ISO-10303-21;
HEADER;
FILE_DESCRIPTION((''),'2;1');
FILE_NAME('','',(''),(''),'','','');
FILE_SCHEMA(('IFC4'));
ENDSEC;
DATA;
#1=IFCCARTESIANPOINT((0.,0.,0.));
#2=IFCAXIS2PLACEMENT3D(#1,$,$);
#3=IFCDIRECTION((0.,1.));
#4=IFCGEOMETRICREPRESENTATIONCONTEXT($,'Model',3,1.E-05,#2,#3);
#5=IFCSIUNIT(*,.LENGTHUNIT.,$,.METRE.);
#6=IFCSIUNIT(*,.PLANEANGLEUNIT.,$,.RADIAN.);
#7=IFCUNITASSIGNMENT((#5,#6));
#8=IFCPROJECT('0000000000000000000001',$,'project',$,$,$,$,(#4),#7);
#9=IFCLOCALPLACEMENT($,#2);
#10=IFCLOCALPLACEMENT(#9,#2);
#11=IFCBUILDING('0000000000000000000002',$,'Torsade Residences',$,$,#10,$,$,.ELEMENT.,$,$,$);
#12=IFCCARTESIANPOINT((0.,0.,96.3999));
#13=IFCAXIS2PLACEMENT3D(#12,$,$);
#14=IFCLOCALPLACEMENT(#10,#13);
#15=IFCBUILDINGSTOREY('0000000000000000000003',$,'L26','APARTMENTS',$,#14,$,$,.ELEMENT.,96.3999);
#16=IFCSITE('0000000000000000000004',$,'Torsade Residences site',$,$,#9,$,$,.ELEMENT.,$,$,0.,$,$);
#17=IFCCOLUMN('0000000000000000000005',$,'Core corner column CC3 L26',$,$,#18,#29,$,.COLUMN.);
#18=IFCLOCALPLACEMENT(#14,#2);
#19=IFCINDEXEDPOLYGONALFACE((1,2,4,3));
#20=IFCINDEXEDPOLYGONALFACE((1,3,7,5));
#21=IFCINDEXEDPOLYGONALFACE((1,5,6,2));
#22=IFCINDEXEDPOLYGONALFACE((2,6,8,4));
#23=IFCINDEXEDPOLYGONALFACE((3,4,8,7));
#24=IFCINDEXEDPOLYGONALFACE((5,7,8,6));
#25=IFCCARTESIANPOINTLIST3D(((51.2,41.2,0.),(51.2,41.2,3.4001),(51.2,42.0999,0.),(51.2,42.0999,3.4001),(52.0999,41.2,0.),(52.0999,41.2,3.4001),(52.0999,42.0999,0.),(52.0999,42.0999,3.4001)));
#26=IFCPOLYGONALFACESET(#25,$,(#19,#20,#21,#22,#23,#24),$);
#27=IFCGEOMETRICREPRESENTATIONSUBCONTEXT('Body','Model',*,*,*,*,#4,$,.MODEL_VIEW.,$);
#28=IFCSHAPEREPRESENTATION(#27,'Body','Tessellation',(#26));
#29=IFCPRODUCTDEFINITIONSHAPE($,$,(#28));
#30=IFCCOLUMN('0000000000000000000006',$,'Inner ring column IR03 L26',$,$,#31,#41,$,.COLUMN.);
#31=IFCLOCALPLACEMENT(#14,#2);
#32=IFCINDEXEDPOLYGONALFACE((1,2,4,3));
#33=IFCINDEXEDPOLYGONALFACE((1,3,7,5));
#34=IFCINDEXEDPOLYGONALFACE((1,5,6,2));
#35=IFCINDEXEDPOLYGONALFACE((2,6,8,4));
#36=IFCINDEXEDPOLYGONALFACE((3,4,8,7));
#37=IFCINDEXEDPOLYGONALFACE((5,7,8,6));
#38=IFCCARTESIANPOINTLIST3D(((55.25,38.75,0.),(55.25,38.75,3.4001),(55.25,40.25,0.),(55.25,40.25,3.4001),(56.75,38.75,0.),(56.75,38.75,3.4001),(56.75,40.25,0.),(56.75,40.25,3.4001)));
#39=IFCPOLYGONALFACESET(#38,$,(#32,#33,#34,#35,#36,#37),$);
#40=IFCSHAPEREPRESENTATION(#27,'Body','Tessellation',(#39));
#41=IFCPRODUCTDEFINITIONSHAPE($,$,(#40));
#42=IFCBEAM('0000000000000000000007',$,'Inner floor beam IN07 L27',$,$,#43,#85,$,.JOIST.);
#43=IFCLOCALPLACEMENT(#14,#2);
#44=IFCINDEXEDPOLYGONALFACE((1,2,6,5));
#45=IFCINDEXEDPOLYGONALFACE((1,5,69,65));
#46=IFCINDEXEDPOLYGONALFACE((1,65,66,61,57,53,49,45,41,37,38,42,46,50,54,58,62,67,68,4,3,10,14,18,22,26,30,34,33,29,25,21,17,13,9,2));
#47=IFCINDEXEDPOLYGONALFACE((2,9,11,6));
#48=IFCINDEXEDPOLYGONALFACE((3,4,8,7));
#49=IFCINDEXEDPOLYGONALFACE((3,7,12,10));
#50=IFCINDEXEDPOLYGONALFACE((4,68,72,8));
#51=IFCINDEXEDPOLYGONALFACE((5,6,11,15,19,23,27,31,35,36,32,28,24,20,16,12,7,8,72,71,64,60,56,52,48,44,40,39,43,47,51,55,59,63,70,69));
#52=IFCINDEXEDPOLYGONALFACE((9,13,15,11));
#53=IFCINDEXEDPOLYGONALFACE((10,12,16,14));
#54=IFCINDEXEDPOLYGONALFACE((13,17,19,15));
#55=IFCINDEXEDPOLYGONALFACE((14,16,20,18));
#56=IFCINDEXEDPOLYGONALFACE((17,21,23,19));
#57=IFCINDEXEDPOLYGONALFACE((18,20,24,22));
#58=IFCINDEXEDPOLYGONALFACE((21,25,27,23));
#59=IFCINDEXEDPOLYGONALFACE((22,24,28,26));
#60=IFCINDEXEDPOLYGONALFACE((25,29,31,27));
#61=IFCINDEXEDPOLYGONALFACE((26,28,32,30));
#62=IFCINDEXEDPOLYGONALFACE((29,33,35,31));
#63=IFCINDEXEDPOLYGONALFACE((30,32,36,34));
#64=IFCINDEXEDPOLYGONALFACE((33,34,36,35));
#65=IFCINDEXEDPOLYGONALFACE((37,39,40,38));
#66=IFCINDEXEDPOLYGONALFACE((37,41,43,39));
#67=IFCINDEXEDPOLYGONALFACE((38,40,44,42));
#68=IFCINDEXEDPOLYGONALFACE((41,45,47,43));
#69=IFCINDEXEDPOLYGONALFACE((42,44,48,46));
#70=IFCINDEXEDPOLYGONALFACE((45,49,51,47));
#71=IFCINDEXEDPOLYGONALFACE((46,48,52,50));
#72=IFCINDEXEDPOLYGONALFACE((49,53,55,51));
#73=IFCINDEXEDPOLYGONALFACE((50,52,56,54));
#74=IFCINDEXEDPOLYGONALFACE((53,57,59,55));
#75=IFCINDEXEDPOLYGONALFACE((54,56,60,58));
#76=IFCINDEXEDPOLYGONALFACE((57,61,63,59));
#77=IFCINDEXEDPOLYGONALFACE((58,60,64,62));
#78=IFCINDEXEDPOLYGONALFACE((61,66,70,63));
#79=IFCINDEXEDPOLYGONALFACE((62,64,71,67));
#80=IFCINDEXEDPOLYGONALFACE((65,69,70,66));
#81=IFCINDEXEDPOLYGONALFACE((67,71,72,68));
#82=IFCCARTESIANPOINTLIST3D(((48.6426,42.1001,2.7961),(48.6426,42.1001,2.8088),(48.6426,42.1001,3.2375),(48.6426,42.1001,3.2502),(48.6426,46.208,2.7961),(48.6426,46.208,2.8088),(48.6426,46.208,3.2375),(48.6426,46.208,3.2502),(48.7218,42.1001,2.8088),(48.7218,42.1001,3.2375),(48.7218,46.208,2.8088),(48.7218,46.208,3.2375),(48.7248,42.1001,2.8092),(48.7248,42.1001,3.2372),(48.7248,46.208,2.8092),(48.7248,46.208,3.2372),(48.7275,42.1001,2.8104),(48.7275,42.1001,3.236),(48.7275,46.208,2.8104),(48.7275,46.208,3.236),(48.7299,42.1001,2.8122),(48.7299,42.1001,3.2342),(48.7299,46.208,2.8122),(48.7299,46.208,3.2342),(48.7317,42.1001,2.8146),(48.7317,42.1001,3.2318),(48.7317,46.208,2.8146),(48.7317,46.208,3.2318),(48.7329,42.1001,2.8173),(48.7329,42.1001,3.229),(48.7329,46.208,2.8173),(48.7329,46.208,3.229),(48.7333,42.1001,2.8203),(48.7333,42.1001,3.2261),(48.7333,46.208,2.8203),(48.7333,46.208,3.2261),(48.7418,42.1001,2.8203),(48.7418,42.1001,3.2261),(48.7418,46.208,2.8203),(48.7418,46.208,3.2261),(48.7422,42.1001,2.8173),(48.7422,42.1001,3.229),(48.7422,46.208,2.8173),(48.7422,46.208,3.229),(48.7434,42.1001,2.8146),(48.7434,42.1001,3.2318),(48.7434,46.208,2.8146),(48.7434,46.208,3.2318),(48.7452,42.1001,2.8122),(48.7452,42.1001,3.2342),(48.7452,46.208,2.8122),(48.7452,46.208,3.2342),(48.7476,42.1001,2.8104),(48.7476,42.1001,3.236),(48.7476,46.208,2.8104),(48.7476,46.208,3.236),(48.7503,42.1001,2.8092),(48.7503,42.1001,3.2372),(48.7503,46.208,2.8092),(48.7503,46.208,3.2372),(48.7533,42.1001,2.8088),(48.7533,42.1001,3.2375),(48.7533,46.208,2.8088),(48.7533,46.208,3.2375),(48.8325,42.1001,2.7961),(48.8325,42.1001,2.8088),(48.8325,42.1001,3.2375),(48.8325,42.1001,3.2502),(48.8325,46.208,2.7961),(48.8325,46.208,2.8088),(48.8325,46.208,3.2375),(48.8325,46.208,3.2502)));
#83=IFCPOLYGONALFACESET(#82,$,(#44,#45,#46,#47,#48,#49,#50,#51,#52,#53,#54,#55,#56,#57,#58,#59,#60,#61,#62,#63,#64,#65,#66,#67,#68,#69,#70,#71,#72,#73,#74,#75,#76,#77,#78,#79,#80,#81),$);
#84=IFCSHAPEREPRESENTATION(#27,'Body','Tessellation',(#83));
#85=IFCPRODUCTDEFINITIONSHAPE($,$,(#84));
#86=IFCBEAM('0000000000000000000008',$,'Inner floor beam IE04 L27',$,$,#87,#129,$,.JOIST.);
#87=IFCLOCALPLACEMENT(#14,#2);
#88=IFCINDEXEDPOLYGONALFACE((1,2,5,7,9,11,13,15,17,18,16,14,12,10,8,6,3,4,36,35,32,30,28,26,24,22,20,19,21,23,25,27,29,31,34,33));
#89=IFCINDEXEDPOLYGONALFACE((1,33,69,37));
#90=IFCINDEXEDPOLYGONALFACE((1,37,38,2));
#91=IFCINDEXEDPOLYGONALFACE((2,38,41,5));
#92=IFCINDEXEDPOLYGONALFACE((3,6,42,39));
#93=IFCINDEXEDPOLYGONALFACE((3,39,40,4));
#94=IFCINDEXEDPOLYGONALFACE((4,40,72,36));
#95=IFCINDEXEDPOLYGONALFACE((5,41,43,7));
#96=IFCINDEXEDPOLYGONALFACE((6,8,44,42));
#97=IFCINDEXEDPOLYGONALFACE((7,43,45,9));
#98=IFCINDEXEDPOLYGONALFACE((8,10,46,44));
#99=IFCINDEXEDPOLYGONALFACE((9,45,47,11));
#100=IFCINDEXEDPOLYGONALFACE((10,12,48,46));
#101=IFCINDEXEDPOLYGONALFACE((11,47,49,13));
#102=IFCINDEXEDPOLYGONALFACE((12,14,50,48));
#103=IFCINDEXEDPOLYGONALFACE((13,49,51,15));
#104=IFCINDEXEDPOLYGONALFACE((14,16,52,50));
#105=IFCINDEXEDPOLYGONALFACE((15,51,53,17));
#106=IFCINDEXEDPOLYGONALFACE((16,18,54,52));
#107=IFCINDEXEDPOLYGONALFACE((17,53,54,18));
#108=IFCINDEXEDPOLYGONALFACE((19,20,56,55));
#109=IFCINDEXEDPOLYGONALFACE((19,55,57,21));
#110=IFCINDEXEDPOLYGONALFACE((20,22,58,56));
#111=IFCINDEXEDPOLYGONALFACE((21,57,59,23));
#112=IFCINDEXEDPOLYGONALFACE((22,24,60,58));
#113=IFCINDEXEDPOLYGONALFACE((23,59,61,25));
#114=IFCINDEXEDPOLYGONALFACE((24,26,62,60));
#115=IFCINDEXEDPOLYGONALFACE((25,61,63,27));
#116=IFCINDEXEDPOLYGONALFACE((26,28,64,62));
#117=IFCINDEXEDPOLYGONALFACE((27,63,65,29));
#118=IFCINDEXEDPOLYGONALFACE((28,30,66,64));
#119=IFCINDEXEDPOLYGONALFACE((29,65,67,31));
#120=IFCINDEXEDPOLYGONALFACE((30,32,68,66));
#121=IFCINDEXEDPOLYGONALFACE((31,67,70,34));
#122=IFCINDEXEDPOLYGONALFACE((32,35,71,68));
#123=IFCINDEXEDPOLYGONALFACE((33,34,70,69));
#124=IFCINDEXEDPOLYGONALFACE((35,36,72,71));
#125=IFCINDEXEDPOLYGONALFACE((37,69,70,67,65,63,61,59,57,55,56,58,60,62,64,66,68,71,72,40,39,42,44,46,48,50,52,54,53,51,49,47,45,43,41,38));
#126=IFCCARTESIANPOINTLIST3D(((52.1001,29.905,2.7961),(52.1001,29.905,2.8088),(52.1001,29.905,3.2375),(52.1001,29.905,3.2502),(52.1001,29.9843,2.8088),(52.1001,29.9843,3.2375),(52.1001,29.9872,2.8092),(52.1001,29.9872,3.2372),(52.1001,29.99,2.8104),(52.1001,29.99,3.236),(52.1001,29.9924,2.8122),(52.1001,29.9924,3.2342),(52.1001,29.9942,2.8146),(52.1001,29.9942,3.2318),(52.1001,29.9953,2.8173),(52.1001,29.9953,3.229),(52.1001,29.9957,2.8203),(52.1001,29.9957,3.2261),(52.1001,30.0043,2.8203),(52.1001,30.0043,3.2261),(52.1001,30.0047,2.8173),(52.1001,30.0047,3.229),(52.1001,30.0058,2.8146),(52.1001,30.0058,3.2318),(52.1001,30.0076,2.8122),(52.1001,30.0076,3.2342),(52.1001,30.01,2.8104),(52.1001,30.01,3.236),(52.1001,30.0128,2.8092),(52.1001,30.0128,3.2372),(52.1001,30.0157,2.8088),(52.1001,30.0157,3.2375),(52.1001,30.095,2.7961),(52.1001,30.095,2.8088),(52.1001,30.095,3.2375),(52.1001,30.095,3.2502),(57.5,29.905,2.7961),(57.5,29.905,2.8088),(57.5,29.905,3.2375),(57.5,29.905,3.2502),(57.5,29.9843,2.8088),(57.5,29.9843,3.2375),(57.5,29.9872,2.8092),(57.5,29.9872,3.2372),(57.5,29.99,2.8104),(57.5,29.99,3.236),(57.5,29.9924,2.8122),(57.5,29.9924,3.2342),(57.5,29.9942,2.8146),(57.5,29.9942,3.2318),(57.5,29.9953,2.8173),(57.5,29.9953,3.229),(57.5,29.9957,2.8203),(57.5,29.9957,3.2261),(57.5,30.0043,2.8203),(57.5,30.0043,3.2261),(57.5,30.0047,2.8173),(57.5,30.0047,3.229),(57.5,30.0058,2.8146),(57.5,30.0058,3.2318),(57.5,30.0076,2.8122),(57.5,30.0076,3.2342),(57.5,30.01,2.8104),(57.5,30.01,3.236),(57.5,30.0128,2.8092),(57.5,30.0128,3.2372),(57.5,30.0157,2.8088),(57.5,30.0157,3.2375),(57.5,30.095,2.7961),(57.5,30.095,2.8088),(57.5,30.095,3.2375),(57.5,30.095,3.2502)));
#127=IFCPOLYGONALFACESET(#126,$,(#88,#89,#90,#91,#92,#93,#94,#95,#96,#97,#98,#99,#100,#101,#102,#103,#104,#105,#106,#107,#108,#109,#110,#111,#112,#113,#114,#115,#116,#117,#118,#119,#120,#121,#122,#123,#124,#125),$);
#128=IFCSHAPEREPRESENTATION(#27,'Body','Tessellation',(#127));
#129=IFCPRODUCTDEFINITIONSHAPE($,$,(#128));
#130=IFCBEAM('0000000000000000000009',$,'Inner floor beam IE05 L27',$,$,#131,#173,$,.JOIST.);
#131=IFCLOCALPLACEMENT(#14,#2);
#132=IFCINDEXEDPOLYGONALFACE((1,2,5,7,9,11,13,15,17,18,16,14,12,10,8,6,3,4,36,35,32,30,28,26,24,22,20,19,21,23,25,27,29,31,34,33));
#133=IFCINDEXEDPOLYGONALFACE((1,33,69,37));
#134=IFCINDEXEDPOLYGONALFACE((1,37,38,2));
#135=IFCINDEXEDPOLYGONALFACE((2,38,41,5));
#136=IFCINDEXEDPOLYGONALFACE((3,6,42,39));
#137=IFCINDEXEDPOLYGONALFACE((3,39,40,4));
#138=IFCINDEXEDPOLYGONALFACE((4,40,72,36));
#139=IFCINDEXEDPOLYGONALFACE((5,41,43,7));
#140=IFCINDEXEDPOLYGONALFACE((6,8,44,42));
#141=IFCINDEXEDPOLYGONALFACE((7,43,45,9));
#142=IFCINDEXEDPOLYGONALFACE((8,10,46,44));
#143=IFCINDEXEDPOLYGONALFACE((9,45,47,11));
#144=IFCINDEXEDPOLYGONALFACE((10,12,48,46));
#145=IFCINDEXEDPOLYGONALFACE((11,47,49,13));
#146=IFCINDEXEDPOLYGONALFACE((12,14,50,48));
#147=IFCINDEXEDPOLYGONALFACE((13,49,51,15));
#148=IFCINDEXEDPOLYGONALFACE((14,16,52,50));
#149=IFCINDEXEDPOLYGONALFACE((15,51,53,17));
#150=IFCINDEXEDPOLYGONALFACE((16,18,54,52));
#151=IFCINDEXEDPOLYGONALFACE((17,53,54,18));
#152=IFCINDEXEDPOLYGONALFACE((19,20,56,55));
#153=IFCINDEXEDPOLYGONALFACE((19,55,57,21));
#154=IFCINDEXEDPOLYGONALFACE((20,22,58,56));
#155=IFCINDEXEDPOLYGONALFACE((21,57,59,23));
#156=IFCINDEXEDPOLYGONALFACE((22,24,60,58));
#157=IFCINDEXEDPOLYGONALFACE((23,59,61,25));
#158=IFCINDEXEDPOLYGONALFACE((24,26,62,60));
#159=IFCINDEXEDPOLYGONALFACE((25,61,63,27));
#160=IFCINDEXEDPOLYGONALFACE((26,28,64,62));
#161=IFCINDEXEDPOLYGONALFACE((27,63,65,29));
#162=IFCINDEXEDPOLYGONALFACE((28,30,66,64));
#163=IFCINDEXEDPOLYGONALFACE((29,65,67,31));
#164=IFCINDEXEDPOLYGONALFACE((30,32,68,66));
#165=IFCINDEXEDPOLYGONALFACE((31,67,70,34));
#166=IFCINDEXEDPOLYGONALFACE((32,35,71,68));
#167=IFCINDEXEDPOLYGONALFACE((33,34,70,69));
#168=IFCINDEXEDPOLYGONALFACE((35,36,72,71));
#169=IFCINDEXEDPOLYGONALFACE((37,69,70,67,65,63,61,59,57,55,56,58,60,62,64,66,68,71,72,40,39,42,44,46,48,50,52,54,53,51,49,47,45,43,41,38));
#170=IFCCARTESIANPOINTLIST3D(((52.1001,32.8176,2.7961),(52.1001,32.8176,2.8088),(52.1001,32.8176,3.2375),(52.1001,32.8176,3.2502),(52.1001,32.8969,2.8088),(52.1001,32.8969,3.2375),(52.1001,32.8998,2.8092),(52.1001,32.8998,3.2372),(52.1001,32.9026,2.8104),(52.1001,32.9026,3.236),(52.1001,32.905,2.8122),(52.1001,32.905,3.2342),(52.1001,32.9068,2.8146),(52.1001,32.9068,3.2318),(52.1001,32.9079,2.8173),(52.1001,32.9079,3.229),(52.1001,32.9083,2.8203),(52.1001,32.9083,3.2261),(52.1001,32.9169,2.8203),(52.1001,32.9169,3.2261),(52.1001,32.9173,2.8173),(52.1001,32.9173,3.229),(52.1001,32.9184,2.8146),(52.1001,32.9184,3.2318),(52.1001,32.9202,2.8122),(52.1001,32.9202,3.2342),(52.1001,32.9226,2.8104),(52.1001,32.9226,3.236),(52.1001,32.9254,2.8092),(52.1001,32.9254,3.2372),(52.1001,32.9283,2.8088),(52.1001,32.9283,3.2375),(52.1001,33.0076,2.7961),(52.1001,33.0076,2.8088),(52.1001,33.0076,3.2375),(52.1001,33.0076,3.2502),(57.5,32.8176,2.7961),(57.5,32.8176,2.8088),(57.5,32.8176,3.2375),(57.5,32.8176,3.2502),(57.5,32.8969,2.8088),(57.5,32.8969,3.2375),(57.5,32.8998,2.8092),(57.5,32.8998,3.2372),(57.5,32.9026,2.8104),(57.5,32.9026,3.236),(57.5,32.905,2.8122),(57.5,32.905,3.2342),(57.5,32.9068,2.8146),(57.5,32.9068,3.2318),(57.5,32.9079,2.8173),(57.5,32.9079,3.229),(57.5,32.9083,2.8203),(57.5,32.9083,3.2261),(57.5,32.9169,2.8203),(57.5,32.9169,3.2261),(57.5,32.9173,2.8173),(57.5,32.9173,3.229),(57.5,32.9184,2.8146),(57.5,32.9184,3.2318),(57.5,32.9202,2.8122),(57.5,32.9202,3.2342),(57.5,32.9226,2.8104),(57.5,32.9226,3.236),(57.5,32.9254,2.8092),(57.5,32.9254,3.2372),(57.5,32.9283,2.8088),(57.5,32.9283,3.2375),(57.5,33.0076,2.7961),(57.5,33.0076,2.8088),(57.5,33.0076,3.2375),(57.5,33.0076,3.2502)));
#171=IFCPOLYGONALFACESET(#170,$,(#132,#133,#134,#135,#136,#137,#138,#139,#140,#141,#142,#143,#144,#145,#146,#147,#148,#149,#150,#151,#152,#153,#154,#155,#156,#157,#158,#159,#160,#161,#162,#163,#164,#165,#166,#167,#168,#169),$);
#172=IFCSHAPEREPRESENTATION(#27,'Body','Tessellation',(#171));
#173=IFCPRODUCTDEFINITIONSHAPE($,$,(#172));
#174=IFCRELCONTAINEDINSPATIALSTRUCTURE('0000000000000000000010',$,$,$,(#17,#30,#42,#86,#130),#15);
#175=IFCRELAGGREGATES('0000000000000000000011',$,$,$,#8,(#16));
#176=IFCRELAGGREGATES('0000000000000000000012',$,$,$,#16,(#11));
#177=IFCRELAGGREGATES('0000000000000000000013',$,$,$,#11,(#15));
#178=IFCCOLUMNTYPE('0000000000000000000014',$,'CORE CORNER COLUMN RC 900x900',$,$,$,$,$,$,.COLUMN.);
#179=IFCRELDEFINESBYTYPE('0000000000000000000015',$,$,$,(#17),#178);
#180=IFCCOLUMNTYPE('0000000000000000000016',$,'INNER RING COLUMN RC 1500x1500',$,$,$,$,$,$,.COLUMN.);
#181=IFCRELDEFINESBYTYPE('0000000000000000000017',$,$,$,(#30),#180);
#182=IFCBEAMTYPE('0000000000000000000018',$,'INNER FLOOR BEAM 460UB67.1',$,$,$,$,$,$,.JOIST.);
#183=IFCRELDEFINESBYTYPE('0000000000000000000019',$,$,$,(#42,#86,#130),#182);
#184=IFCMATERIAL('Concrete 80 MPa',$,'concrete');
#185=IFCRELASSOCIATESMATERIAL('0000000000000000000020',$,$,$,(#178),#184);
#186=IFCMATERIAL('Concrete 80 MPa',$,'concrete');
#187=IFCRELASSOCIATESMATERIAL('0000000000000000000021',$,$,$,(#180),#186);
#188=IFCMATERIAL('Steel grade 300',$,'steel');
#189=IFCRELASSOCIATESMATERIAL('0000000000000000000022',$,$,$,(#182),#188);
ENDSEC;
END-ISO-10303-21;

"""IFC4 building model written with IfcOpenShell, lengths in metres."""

from ifc_helpers import new_model, si_unit, direction, frame, origin, origin_2d, place, context, subcontext, project, spatial, rectangle, i_section, extrude, material, material_profile, profile_set, type_object, element, save


model = new_model("IFC4")

# Units and contexts
model_context = context("Model", 3, precision=1e-05, world=origin(), true_north=direction((0.0, 1.0)))
body_context = subcontext(model_context, "Body", "Model", "MODEL_VIEW")
ifc_project = project(units=[si_unit("LENGTHUNIT", "METRE"), si_unit("PLANEANGLEUNIT", "RADIAN")], contexts=[model_context])

# Site, building, storey
site_placement = place(None, origin())
site = spatial("IfcSite", under=ifc_project, at=site_placement, Name="Torsade Residences site", CompositionType="ELEMENT", RefElevation=0.0)
building_placement = place(site_placement, origin())
building = spatial("IfcBuilding", under=site, at=building_placement, Name="Torsade Residences", CompositionType="ELEMENT")
storey_placement = place(building_placement, frame((0.0, 0.0, 96.3999)))
storey = spatial("IfcBuildingStorey", under=building, at=storey_placement, Name="L26", Description="APARTMENTS", CompositionType="ELEMENT", Elevation=96.3999)

# Columns
ifc_material_1 = material(Name="Concrete 80 MPa", Category="concrete")
ifc_material_profile_1 = material_profile(ifc_material_1, rectangle(XDim=0.8999, YDim=0.8999, at=origin_2d()), Name="RC 900x900")
ifc_profile_set_1 = profile_set([ifc_material_profile_1], Name="Concrete 80 MPa")
column_type_1 = type_object("IfcColumnType", Name="CORE CORNER COLUMN RC 900x900", PredefinedType="COLUMN", material=ifc_profile_set_1)
column_1_placement = place(storey_placement, frame((51.6499, 41.6499, 0.0), z_axis=(0.0, 0.0, 1.0), x_axis=(1.0, 0.0, 0.0)))
element("IfcColumn", 1, at=column_1_placement, inside=storey, type_object=column_type_1, Name="Core corner column CC3 L26", PredefinedType="COLUMN", context=body_context, shape_type="SweptSolid", body=[
    extrude(rectangle(XDim=0.8999, YDim=0.8999, at=origin_2d()), origin(), (0.0, 0.0, 1.0), 3.4001),
])
ifc_material_2 = material(Name="Concrete 80 MPa", Category="concrete")
ifc_material_profile_2 = material_profile(ifc_material_2, rectangle(XDim=1.5, YDim=1.5, at=origin_2d()), Name="RC 1500x1500")
ifc_profile_set_2 = profile_set([ifc_material_profile_2], Name="Concrete 80 MPa")
column_type_2 = type_object("IfcColumnType", Name="INNER RING COLUMN RC 1500x1500", PredefinedType="COLUMN", material=ifc_profile_set_2)
column_2_placement = place(storey_placement, frame((56.0, 39.5, 0.0), z_axis=(0.0, 0.0, 1.0), x_axis=(1.0, 0.0, 0.0)))
element("IfcColumn", 2, at=column_2_placement, inside=storey, type_object=column_type_2, Name="Inner ring column IR03 L26", PredefinedType="COLUMN", context=body_context, shape_type="SweptSolid", body=[
    extrude(rectangle(XDim=1.5, YDim=1.5, at=origin_2d()), origin(), (0.0, 0.0, 1.0), 3.4001),
])

# Beams
ifc_material_3 = material(Name="Steel grade 300", Category="steel")
ifc_material_profile_3 = material_profile(ifc_material_3, i_section(OverallWidth=0.1899, OverallDepth=0.4541, WebThickness=0.0085, FlangeThickness=0.0127, FilletRadius=0.0115, at=origin_2d()), Name="460UB67.1")
ifc_profile_set_3 = profile_set([ifc_material_profile_3], Name="Steel grade 300")
beam_type_1 = type_object("IfcBeamType", Name="INNER FLOOR BEAM 460UB67.1", PredefinedType="JOIST", material=ifc_profile_set_3)
beam_1_placement = place(storey_placement, frame((48.7375, 42.1001, 3.0232), z_axis=(0.0, 1.0, 0.0), x_axis=(-1.0, 0.0, 0.0)))
element("IfcBeam", 3, at=beam_1_placement, inside=storey, type_object=beam_type_1, Name="Inner floor beam IN07 L27", PredefinedType="JOIST", context=body_context, shape_type="SweptSolid", body=[
    extrude(i_section(OverallWidth=0.1899, OverallDepth=0.4541, WebThickness=0.0085, FlangeThickness=0.0127, FilletRadius=0.0115, at=origin_2d()), origin(), (0.0, 0.0, 1.0), 4.1079),
])
for number, where, z_axis, x_axis, name in (
    (4, (52.1001, 30.0, 3.0232), (1.0, 0.0, 0.0), (0.0, 1.0, 0.0), "Inner floor beam IE04 L27"),
    (5, (52.1001, 32.9126, 3.0232), (1.0, 0.0, 0.0), (0.0, 1.0, 0.0), "Inner floor beam IE05 L27"),
):
    element("IfcBeam", number, at=place(storey_placement, frame(where, z_axis=z_axis, x_axis=x_axis)), inside=storey, type_object=beam_type_1, Name=name, PredefinedType="JOIST", context=body_context, shape_type="SweptSolid", body=[
        extrude(i_section(OverallWidth=0.1899, OverallDepth=0.4541, WebThickness=0.0085, FlangeThickness=0.0127, FilletRadius=0.0115, at=origin_2d()), origin(), (0.0, 0.0, 1.0), 5.3999),
    ])

save(model, "model.ifc")
